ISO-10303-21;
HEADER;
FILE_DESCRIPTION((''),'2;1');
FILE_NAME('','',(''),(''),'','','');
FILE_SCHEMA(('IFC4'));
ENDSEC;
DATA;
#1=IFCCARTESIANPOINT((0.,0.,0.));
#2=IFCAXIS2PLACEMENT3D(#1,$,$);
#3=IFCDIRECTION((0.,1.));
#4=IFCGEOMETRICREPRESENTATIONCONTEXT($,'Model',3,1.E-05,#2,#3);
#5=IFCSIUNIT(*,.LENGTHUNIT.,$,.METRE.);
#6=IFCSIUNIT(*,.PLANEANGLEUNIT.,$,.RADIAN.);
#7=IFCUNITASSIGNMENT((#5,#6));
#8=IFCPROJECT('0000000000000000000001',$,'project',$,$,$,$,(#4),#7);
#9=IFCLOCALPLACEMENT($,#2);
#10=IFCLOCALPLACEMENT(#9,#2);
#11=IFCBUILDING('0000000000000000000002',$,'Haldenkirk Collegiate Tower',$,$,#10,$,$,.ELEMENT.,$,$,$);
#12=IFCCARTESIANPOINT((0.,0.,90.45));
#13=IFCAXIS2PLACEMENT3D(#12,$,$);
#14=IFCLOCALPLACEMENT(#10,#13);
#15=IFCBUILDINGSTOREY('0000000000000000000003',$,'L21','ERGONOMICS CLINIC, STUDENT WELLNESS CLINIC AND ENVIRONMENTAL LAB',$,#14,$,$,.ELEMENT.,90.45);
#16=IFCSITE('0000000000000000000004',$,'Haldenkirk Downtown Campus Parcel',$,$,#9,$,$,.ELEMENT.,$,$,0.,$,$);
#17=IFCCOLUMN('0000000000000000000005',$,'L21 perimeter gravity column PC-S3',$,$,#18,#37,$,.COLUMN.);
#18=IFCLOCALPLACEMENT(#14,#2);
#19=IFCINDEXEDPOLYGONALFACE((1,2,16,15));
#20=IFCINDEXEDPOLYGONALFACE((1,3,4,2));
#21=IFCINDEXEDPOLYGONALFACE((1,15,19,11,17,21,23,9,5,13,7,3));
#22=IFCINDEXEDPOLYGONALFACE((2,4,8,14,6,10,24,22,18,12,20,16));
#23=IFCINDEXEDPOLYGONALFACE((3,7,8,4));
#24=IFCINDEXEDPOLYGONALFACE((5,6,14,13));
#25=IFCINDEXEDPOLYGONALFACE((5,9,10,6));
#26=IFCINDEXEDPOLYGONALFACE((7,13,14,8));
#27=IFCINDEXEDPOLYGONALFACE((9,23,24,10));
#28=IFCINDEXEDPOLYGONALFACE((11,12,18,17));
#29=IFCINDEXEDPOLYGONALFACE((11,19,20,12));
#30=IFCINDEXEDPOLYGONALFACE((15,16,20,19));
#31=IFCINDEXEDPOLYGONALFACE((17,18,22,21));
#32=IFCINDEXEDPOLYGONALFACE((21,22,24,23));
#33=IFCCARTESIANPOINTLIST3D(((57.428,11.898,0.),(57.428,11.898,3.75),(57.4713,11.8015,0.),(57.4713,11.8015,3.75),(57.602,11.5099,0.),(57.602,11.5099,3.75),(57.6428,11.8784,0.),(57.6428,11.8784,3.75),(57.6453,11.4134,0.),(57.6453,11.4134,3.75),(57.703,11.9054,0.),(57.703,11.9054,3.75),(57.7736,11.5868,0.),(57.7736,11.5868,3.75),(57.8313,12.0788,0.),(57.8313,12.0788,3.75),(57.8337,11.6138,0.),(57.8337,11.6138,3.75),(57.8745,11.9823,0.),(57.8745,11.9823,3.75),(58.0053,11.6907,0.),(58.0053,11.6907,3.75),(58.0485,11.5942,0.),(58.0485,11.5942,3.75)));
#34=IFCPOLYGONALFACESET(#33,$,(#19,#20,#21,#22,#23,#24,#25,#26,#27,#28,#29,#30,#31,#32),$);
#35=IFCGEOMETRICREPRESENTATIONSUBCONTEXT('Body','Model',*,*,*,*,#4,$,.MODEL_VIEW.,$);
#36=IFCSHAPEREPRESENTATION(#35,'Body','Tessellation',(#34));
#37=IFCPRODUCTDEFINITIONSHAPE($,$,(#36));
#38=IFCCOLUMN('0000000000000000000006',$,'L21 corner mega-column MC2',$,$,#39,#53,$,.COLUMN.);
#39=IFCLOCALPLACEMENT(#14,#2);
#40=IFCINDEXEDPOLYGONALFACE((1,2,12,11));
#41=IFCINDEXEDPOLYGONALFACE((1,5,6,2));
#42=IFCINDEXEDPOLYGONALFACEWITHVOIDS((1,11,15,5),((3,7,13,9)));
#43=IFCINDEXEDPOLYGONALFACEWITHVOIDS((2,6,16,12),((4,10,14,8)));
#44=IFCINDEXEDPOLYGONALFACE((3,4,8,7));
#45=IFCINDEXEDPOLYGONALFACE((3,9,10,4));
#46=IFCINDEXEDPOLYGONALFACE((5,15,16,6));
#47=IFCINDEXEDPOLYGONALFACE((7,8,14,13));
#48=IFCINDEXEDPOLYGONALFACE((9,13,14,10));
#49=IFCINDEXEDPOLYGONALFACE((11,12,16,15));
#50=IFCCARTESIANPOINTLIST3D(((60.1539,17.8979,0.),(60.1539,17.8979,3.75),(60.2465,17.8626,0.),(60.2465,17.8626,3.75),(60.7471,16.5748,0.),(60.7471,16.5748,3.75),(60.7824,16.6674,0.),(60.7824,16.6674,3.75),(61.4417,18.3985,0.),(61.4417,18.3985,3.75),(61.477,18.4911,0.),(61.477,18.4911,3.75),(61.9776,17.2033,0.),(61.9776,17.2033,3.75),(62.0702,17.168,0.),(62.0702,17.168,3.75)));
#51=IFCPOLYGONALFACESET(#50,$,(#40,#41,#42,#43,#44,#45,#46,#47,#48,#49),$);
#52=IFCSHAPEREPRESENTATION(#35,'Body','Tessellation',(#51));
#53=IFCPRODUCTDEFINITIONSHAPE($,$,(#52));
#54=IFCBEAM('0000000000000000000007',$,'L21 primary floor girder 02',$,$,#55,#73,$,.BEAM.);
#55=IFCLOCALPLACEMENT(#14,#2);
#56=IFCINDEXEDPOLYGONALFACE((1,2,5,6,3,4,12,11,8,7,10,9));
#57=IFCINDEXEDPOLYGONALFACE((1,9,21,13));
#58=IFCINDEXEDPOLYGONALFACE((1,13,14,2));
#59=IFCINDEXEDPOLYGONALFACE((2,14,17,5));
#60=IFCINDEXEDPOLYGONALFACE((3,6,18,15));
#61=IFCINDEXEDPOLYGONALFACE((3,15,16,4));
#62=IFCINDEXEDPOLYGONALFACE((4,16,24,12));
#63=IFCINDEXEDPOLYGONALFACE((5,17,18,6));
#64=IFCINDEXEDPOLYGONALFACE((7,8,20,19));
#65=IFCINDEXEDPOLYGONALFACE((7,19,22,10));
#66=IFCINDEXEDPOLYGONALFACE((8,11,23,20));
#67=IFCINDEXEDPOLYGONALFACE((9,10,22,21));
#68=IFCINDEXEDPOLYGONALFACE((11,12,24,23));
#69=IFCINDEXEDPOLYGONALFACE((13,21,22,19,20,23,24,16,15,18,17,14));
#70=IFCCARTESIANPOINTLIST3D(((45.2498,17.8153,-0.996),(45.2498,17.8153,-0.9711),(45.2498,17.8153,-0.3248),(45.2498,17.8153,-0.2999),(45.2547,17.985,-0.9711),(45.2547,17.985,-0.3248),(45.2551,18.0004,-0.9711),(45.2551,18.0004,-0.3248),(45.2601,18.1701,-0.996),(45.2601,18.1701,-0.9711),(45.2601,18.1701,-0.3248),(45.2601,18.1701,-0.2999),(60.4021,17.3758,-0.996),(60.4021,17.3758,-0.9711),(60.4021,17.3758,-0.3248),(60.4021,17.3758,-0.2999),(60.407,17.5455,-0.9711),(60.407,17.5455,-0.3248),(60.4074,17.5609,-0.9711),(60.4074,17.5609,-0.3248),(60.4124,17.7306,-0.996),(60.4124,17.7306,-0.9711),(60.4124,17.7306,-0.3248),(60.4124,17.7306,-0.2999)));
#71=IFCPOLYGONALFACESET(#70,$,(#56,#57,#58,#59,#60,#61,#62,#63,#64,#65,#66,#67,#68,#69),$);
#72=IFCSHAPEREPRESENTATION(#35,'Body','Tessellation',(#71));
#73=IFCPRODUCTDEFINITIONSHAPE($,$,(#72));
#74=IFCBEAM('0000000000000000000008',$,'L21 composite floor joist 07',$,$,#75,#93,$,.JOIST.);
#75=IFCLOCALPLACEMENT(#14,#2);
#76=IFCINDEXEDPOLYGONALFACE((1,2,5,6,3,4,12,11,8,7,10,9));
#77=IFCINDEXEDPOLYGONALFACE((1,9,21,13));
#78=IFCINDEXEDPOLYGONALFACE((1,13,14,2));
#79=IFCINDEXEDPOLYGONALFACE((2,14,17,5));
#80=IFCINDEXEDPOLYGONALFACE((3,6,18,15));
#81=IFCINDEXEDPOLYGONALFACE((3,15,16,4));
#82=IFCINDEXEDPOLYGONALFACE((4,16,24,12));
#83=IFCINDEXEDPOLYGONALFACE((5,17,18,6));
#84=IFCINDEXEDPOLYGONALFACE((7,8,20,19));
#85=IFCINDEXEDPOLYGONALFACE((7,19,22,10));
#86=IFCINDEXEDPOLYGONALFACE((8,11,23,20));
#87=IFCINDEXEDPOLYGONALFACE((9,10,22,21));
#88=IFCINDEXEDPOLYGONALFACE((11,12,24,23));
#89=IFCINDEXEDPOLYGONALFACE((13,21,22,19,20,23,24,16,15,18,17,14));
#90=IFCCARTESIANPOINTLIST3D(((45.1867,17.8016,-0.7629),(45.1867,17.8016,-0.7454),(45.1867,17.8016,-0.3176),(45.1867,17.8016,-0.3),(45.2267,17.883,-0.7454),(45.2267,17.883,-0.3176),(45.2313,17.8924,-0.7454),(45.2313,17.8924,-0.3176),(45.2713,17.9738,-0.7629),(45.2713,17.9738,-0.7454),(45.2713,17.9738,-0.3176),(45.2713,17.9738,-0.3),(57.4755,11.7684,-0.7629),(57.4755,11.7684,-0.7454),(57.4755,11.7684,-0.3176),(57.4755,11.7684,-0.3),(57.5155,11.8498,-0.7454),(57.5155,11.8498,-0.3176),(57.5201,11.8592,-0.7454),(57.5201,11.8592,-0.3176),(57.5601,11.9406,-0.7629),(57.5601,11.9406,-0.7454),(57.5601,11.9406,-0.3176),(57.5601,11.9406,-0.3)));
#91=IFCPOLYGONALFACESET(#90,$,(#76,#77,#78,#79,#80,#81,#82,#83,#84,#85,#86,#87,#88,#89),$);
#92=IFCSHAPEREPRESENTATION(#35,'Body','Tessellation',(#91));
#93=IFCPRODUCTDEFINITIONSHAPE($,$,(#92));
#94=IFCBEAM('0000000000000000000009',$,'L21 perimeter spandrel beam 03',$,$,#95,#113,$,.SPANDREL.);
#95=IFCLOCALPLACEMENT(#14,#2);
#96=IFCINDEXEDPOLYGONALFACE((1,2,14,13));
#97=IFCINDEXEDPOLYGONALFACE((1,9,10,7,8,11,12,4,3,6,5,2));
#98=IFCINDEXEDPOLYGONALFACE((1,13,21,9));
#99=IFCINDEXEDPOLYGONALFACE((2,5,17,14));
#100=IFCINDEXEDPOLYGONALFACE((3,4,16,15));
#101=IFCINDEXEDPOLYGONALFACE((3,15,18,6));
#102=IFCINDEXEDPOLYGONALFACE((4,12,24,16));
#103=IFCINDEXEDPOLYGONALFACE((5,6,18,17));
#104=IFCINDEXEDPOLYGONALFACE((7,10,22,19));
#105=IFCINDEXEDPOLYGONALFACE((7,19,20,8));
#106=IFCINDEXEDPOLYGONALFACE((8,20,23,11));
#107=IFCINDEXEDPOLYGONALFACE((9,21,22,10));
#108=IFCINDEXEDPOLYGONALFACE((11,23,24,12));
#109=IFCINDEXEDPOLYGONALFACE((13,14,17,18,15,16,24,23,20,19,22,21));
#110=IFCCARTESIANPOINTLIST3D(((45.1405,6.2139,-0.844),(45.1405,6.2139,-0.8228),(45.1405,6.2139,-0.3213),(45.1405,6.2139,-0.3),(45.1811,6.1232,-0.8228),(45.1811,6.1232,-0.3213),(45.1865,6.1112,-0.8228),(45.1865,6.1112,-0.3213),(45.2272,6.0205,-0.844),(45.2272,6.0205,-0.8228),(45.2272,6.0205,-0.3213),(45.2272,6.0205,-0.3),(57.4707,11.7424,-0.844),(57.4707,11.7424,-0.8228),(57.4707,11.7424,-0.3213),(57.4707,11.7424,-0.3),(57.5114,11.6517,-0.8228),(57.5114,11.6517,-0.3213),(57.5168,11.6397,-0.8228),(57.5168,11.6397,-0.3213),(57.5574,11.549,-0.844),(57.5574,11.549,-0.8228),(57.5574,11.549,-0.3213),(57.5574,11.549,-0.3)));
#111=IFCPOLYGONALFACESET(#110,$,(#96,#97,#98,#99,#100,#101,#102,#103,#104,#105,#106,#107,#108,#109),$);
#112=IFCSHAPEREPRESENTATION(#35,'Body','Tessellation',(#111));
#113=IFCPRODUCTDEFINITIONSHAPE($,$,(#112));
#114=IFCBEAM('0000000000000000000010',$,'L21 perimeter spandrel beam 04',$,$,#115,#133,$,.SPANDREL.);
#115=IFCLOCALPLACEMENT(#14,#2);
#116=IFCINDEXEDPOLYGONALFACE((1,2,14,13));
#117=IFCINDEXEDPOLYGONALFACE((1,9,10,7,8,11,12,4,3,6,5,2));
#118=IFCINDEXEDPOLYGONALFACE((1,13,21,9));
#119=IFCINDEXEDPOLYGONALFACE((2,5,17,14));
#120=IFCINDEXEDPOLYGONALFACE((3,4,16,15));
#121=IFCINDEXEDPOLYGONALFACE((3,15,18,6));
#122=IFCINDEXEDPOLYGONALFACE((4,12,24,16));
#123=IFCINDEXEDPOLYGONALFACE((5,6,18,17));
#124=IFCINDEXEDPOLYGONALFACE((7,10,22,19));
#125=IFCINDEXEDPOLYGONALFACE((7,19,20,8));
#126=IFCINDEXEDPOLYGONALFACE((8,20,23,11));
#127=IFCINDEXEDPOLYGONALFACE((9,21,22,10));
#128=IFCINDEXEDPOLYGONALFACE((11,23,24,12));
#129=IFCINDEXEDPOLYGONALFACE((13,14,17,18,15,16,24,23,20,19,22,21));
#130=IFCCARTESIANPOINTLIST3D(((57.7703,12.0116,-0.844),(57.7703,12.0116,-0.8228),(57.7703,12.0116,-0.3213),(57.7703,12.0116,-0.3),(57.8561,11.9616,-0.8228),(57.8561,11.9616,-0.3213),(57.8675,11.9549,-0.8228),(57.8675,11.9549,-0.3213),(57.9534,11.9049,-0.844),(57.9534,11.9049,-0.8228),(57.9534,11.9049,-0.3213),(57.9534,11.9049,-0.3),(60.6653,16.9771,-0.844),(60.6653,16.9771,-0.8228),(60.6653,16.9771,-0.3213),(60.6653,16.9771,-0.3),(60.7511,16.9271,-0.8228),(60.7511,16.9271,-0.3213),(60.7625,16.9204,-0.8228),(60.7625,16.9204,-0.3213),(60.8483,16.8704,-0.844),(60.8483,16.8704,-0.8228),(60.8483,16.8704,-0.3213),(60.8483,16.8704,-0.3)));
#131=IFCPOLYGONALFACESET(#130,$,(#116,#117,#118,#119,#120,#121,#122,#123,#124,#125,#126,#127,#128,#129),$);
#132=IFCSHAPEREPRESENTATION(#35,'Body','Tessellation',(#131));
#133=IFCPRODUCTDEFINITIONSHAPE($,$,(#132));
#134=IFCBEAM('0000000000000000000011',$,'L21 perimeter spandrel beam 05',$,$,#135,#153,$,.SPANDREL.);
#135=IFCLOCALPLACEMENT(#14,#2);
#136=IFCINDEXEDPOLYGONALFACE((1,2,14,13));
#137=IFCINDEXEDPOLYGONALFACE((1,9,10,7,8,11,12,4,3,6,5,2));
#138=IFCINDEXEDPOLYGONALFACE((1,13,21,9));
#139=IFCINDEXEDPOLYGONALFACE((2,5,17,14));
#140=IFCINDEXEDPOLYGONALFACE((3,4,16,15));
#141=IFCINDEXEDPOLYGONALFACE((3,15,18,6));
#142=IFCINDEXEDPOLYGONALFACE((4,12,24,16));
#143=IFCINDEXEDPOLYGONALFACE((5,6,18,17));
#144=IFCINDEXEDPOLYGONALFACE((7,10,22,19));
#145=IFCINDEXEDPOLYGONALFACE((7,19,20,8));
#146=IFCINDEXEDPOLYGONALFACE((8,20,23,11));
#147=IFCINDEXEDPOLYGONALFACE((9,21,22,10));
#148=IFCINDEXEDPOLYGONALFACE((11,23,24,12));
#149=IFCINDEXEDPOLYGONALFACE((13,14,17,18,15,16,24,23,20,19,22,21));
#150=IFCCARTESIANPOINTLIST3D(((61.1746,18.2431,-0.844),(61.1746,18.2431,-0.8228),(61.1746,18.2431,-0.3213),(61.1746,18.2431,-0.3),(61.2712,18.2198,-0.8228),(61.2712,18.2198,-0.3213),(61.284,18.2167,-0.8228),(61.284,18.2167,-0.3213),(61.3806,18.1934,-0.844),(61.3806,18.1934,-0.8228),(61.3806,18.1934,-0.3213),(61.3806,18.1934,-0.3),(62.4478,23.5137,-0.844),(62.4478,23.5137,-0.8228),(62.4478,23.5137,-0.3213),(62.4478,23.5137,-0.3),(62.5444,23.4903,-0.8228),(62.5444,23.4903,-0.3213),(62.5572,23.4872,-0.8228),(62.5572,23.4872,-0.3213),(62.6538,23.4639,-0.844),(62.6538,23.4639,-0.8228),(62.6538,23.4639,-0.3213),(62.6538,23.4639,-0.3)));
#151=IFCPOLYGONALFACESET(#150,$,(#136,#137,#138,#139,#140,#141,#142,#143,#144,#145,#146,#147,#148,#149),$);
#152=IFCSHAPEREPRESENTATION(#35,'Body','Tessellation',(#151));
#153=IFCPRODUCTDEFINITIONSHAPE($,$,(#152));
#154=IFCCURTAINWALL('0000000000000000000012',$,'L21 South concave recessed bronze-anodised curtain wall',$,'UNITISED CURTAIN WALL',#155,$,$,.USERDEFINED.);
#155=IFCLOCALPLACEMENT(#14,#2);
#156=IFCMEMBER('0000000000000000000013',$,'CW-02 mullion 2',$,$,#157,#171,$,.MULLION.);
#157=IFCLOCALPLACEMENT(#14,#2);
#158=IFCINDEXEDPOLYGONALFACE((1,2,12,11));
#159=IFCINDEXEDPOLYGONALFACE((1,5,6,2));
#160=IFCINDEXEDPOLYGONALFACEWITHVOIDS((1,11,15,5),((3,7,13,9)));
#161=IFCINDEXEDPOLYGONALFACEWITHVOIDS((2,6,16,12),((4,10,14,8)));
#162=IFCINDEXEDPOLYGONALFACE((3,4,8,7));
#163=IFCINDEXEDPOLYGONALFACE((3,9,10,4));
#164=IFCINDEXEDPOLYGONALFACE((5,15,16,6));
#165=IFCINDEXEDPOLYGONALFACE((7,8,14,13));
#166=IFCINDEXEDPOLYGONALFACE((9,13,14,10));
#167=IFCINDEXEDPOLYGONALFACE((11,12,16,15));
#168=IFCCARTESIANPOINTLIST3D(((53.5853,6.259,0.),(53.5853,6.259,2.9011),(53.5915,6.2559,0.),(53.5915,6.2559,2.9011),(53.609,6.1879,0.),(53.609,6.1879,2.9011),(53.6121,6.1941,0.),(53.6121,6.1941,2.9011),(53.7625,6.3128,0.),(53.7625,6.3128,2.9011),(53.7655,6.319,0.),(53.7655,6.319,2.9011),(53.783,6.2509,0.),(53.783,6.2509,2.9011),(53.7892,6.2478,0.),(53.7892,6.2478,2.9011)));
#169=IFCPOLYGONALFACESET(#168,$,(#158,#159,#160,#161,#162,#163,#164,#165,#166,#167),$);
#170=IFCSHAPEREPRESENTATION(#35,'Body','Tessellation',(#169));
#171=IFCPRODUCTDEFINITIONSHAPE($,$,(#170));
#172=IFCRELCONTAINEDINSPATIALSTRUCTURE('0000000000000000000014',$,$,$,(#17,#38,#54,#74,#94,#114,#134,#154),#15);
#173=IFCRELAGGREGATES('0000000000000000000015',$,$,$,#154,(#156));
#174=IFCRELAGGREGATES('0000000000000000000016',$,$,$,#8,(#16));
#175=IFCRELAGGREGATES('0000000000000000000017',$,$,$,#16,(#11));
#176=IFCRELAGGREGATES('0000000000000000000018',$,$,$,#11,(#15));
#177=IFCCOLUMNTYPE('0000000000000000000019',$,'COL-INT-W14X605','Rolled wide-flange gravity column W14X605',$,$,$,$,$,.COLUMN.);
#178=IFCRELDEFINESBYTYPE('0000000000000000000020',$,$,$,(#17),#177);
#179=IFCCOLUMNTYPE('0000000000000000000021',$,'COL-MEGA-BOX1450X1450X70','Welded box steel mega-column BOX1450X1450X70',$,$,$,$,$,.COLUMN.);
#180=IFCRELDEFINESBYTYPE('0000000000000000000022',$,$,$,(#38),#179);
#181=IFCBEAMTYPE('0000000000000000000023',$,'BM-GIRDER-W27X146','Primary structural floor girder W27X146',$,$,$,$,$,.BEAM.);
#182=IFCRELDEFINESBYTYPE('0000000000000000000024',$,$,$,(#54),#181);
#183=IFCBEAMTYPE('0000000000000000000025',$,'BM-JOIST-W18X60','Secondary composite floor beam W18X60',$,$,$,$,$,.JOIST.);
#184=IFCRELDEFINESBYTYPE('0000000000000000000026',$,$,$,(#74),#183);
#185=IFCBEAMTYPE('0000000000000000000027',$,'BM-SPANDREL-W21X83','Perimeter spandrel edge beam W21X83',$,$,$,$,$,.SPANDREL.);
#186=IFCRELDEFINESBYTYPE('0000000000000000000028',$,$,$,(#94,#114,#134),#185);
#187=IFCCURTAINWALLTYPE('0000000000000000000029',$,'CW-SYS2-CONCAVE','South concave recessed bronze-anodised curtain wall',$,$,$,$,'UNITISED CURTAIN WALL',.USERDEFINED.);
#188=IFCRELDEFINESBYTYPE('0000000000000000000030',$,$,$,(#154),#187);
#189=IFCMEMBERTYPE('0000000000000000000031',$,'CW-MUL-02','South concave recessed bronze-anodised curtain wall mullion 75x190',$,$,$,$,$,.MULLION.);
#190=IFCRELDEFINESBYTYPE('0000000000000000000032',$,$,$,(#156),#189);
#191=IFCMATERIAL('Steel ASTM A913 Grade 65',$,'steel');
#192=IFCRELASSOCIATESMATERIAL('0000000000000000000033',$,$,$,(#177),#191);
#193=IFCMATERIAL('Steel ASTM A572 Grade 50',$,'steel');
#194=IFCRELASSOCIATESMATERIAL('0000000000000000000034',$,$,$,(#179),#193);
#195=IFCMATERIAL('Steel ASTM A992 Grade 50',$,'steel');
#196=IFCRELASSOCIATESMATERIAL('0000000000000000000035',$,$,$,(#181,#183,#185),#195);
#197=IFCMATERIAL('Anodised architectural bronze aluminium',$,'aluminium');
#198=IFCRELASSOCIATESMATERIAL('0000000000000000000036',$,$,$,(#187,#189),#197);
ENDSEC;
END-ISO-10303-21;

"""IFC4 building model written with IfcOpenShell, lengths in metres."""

from ifc_helpers import new_model, si_unit, direction, frame, origin, origin_2d, place, context, subcontext, project, spatial, hollow_rectangle, i_section, extrude, material, material_profile, profile_set, type_object, element, aggregate, save


model = new_model("IFC4")

# Units and contexts
model_context = context("Model", 3, precision=1e-05, world=origin(), true_north=direction((0.0, 1.0)))
body_context = subcontext(model_context, "Body", "Model", "MODEL_VIEW")
ifc_project = project(units=[si_unit("LENGTHUNIT", "METRE"), si_unit("PLANEANGLEUNIT", "RADIAN")], contexts=[model_context])

# Site, building, storey
site_placement = place(None, origin())
site = spatial("IfcSite", under=ifc_project, at=site_placement, Name="Haldenkirk Downtown Campus Parcel", CompositionType="ELEMENT", RefElevation=0.0)
building_placement = place(site_placement, origin())
building = spatial("IfcBuilding", under=site, at=building_placement, Name="Haldenkirk Collegiate Tower", CompositionType="ELEMENT")
storey_placement = place(building_placement, frame((0.0, 0.0, 90.45)))
storey = spatial("IfcBuildingStorey", under=building, at=storey_placement, Name="L21", Description="ERGONOMICS CLINIC, STUDENT WELLNESS CLINIC AND ENVIRONMENTAL LAB", CompositionType="ELEMENT", Elevation=90.45)

# Columns
ifc_material_1 = material(Name="Steel ASTM A913 Grade 65", Category="steel")
ifc_material_profile_1 = material_profile(ifc_material_1, i_section(OverallWidth=0.4419, OverallDepth=0.531, WebThickness=0.0659, FlangeThickness=0.1057, at=origin_2d()), Name="W14X605")
ifc_profile_set_1 = profile_set([ifc_material_profile_1], Name="Steel ASTM A913 Grade 65")
column_type_1 = type_object("IfcColumnType", Name="COL-INT-W14X605", Description="Rolled wide-flange gravity column W14X605", PredefinedType="COLUMN", material=ifc_profile_set_1)
column_1_placement = place(storey_placement, frame((57.7383, 11.7461, 0.0), z_axis=(0.0, 0.0, 1.0), x_axis=(0.912477, 0.409127, 0.0)))
element("IfcColumn", 1, at=column_1_placement, inside=storey, type_object=column_type_1, Name="L21 perimeter gravity column PC-S3", PredefinedType="COLUMN", context=body_context, shape_type="SweptSolid", body=[
    extrude(i_section(OverallWidth=0.4419, OverallDepth=0.531, WebThickness=0.0659, FlangeThickness=0.1057, at=origin_2d()), origin(), (0.0, 0.0, 1.0), 3.75),
])
ifc_material_2 = material(Name="Steel ASTM A572 Grade 50", Category="steel")
ifc_material_profile_2 = material_profile(ifc_material_2, hollow_rectangle(XDim=1.45, YDim=1.45, WallThickness=0.0701, at=origin_2d()), Name="BOX1450X1450X70")
ifc_profile_set_2 = profile_set([ifc_material_profile_2], Name="Steel ASTM A572 Grade 50")
column_type_2 = type_object("IfcColumnType", Name="COL-MEGA-BOX1450X1450X70", Description="Welded box steel mega-column BOX1450X1450X70", PredefinedType="COLUMN", material=ifc_profile_set_2)
column_2_placement = place(storey_placement, frame((61.1121, 17.533, 0.0), z_axis=(0.0, 0.0, 1.0), x_axis=(0.912477, 0.409127, 0.0)))
element("IfcColumn", 2, at=column_2_placement, inside=storey, type_object=column_type_2, Name="L21 corner mega-column MC2", PredefinedType="COLUMN", context=body_context, shape_type="SweptSolid", body=[
    extrude(hollow_rectangle(XDim=1.45, YDim=1.45, WallThickness=0.0701, at=origin_2d()), origin(), (0.0, 0.0, 1.0), 3.75),
])

# Beams
ifc_material_3 = material(Name="Steel ASTM A992 Grade 50", Category="steel")
ifc_material_profile_3 = material_profile(ifc_material_3, i_section(OverallWidth=0.355, OverallDepth=0.696, WebThickness=0.0154, FlangeThickness=0.0249, at=origin_2d()), Name="W27X146")
ifc_profile_set_3 = profile_set([ifc_material_profile_3], Name="Steel ASTM A992 Grade 50")
beam_type_1 = type_object("IfcBeamType", Name="BM-GIRDER-W27X146", Description="Primary structural floor girder W27X146", PredefinedType="BEAM", material=ifc_profile_set_3)
beam_1_placement = place(storey_placement, frame((60.4072, 17.5532, -0.6479), z_axis=(-0.99958, 0.02899, 0.0), x_axis=(-0.02899, -0.99958, 0.0)))
element("IfcBeam", 3, at=beam_1_placement, inside=storey, type_object=beam_type_1, Name="L21 primary floor girder 02", PredefinedType="BEAM", context=body_context, shape_type="SweptSolid", body=[
    extrude(i_section(OverallWidth=0.355, OverallDepth=0.696, WebThickness=0.0154, FlangeThickness=0.0249, at=origin_2d()), origin(), (0.0, 0.0, 1.0), 15.1587),
])
ifc_material_profile_4 = material_profile(ifc_material_3, i_section(OverallWidth=0.1919, OverallDepth=0.4629, WebThickness=0.0105, FlangeThickness=0.0176, at=origin_2d()), Name="W18X60")
ifc_profile_set_4 = profile_set([ifc_material_profile_4], Name="Steel ASTM A992 Grade 50")
beam_type_2 = type_object("IfcBeamType", Name="BM-JOIST-W18X60", Description="Secondary composite floor beam W18X60", PredefinedType="JOIST", material=ifc_profile_set_4)
beam_2_placement = place(storey_placement, frame((57.5178, 11.8545, -0.5315), z_axis=(-0.897653, 0.440703, 0.0), x_axis=(-0.440703, -0.897653, 0.0)))
element("IfcBeam", 4, at=beam_2_placement, inside=storey, type_object=beam_type_2, Name="L21 composite floor joist 07", PredefinedType="JOIST", context=body_context, shape_type="SweptSolid", body=[
    extrude(i_section(OverallWidth=0.1919, OverallDepth=0.4629, WebThickness=0.0105, FlangeThickness=0.0176, at=origin_2d()), origin(), (0.0, 0.0, 1.0), 13.6899),
])
ifc_material_profile_5 = material_profile(ifc_material_3, i_section(OverallWidth=0.2119, OverallDepth=0.5439, WebThickness=0.0132, FlangeThickness=0.0212, at=origin_2d()), Name="W21X83")
ifc_profile_set_5 = profile_set([ifc_material_profile_5], Name="Steel ASTM A992 Grade 50")
beam_type_3 = type_object("IfcBeamType", Name="BM-SPANDREL-W21X83", Description="Perimeter spandrel edge beam W21X83", PredefinedType="SPANDREL", material=ifc_profile_set_5)
beam_3_placement = place(storey_placement, frame((45.1838, 6.1172, -0.572), z_axis=(0.912477, 0.409129, 0.0), x_axis=(-0.409129, 0.912477, 0.0)))
element("IfcBeam", 5, at=beam_3_placement, inside=storey, type_object=beam_type_3, Name="L21 perimeter spandrel beam 03", PredefinedType="SPANDREL", context=body_context, shape_type="SweptSolid", body=[
    extrude(i_section(OverallWidth=0.2119, OverallDepth=0.5439, WebThickness=0.0132, FlangeThickness=0.0212, at=origin_2d()), origin(), (0.0, 0.0, 1.0), 13.5129),
])
beam_4_placement = place(storey_placement, frame((57.8618, 11.9583, -0.572), z_axis=(0.503668, 0.863897, 0.0), x_axis=(-0.863897, 0.503668, 0.0)))
element("IfcBeam", 6, at=beam_4_placement, inside=storey, type_object=beam_type_3, Name="L21 perimeter spandrel beam 04", PredefinedType="SPANDREL", context=body_context, shape_type="SweptSolid", body=[
    extrude(i_section(OverallWidth=0.2119, OverallDepth=0.5439, WebThickness=0.0132, FlangeThickness=0.0212, at=origin_2d()), origin(), (0.0, 0.0, 1.0), 5.7478),
])
beam_5_placement = place(storey_placement, frame((61.2776, 18.2183, -0.572), z_axis=(0.234815, 0.97204, 0.0), x_axis=(-0.97204, 0.234815, 0.0)))
element("IfcBeam", 7, at=beam_5_placement, inside=storey, type_object=beam_type_3, Name="L21 perimeter spandrel beam 05", PredefinedType="SPANDREL", context=body_context, shape_type="SweptSolid", body=[
    extrude(i_section(OverallWidth=0.2119, OverallDepth=0.5439, WebThickness=0.0132, FlangeThickness=0.0212, at=origin_2d()), origin(), (0.0, 0.0, 1.0), 5.4221),
])

# Curtain wall, member
ifc_material_4 = material(Name="Anodised architectural bronze aluminium", Category="aluminium")
curtain_wall_type = type_object("IfcCurtainWallType", Name="CW-SYS2-CONCAVE", Description="South concave recessed bronze-anodised curtain wall", ElementType="UNITISED CURTAIN WALL", PredefinedType="USERDEFINED", material=ifc_material_4)
curtain_wall_placement = place(storey_placement, origin())
curtain_wall = element("IfcCurtainWall", 8, at=curtain_wall_placement, inside=storey, type_object=curtain_wall_type, Name="L21 South concave recessed bronze-anodised curtain wall", ObjectType="UNITISED CURTAIN WALL", PredefinedType="USERDEFINED")
ifc_material_profile_6 = material_profile(ifc_material_4, hollow_rectangle(XDim=0.075, YDim=0.1899, WallThickness=0.0049, at=origin_2d()), Name="CW-MUL-02")
ifc_profile_set_6 = profile_set([ifc_material_profile_6], Name="Anodised architectural bronze aluminium")
member_type_1 = type_object("IfcMemberType", Name="CW-MUL-02", Description="South concave recessed bronze-anodised curtain wall mullion 75x190", PredefinedType="MULLION", material=ifc_profile_set_6)
member_1_placement = place(storey_placement, frame((53.6873, 6.2534, 0.0), z_axis=(0.0, 0.0, 1.0), x_axis=(0.315647, -0.948877, 0.0)))
member_1 = element("IfcMember", 9, at=member_1_placement, type_object=member_type_1, Name="CW-02 mullion 2", PredefinedType="MULLION", context=body_context, shape_type="SweptSolid", body=[
    extrude(hollow_rectangle(XDim=0.075, YDim=0.1899, WallThickness=0.0049, at=origin_2d()), origin(), (0.0, 0.0, 1.0), 2.9011),
])
aggregate(curtain_wall, [member_1])

save(model, "model.ifc")
